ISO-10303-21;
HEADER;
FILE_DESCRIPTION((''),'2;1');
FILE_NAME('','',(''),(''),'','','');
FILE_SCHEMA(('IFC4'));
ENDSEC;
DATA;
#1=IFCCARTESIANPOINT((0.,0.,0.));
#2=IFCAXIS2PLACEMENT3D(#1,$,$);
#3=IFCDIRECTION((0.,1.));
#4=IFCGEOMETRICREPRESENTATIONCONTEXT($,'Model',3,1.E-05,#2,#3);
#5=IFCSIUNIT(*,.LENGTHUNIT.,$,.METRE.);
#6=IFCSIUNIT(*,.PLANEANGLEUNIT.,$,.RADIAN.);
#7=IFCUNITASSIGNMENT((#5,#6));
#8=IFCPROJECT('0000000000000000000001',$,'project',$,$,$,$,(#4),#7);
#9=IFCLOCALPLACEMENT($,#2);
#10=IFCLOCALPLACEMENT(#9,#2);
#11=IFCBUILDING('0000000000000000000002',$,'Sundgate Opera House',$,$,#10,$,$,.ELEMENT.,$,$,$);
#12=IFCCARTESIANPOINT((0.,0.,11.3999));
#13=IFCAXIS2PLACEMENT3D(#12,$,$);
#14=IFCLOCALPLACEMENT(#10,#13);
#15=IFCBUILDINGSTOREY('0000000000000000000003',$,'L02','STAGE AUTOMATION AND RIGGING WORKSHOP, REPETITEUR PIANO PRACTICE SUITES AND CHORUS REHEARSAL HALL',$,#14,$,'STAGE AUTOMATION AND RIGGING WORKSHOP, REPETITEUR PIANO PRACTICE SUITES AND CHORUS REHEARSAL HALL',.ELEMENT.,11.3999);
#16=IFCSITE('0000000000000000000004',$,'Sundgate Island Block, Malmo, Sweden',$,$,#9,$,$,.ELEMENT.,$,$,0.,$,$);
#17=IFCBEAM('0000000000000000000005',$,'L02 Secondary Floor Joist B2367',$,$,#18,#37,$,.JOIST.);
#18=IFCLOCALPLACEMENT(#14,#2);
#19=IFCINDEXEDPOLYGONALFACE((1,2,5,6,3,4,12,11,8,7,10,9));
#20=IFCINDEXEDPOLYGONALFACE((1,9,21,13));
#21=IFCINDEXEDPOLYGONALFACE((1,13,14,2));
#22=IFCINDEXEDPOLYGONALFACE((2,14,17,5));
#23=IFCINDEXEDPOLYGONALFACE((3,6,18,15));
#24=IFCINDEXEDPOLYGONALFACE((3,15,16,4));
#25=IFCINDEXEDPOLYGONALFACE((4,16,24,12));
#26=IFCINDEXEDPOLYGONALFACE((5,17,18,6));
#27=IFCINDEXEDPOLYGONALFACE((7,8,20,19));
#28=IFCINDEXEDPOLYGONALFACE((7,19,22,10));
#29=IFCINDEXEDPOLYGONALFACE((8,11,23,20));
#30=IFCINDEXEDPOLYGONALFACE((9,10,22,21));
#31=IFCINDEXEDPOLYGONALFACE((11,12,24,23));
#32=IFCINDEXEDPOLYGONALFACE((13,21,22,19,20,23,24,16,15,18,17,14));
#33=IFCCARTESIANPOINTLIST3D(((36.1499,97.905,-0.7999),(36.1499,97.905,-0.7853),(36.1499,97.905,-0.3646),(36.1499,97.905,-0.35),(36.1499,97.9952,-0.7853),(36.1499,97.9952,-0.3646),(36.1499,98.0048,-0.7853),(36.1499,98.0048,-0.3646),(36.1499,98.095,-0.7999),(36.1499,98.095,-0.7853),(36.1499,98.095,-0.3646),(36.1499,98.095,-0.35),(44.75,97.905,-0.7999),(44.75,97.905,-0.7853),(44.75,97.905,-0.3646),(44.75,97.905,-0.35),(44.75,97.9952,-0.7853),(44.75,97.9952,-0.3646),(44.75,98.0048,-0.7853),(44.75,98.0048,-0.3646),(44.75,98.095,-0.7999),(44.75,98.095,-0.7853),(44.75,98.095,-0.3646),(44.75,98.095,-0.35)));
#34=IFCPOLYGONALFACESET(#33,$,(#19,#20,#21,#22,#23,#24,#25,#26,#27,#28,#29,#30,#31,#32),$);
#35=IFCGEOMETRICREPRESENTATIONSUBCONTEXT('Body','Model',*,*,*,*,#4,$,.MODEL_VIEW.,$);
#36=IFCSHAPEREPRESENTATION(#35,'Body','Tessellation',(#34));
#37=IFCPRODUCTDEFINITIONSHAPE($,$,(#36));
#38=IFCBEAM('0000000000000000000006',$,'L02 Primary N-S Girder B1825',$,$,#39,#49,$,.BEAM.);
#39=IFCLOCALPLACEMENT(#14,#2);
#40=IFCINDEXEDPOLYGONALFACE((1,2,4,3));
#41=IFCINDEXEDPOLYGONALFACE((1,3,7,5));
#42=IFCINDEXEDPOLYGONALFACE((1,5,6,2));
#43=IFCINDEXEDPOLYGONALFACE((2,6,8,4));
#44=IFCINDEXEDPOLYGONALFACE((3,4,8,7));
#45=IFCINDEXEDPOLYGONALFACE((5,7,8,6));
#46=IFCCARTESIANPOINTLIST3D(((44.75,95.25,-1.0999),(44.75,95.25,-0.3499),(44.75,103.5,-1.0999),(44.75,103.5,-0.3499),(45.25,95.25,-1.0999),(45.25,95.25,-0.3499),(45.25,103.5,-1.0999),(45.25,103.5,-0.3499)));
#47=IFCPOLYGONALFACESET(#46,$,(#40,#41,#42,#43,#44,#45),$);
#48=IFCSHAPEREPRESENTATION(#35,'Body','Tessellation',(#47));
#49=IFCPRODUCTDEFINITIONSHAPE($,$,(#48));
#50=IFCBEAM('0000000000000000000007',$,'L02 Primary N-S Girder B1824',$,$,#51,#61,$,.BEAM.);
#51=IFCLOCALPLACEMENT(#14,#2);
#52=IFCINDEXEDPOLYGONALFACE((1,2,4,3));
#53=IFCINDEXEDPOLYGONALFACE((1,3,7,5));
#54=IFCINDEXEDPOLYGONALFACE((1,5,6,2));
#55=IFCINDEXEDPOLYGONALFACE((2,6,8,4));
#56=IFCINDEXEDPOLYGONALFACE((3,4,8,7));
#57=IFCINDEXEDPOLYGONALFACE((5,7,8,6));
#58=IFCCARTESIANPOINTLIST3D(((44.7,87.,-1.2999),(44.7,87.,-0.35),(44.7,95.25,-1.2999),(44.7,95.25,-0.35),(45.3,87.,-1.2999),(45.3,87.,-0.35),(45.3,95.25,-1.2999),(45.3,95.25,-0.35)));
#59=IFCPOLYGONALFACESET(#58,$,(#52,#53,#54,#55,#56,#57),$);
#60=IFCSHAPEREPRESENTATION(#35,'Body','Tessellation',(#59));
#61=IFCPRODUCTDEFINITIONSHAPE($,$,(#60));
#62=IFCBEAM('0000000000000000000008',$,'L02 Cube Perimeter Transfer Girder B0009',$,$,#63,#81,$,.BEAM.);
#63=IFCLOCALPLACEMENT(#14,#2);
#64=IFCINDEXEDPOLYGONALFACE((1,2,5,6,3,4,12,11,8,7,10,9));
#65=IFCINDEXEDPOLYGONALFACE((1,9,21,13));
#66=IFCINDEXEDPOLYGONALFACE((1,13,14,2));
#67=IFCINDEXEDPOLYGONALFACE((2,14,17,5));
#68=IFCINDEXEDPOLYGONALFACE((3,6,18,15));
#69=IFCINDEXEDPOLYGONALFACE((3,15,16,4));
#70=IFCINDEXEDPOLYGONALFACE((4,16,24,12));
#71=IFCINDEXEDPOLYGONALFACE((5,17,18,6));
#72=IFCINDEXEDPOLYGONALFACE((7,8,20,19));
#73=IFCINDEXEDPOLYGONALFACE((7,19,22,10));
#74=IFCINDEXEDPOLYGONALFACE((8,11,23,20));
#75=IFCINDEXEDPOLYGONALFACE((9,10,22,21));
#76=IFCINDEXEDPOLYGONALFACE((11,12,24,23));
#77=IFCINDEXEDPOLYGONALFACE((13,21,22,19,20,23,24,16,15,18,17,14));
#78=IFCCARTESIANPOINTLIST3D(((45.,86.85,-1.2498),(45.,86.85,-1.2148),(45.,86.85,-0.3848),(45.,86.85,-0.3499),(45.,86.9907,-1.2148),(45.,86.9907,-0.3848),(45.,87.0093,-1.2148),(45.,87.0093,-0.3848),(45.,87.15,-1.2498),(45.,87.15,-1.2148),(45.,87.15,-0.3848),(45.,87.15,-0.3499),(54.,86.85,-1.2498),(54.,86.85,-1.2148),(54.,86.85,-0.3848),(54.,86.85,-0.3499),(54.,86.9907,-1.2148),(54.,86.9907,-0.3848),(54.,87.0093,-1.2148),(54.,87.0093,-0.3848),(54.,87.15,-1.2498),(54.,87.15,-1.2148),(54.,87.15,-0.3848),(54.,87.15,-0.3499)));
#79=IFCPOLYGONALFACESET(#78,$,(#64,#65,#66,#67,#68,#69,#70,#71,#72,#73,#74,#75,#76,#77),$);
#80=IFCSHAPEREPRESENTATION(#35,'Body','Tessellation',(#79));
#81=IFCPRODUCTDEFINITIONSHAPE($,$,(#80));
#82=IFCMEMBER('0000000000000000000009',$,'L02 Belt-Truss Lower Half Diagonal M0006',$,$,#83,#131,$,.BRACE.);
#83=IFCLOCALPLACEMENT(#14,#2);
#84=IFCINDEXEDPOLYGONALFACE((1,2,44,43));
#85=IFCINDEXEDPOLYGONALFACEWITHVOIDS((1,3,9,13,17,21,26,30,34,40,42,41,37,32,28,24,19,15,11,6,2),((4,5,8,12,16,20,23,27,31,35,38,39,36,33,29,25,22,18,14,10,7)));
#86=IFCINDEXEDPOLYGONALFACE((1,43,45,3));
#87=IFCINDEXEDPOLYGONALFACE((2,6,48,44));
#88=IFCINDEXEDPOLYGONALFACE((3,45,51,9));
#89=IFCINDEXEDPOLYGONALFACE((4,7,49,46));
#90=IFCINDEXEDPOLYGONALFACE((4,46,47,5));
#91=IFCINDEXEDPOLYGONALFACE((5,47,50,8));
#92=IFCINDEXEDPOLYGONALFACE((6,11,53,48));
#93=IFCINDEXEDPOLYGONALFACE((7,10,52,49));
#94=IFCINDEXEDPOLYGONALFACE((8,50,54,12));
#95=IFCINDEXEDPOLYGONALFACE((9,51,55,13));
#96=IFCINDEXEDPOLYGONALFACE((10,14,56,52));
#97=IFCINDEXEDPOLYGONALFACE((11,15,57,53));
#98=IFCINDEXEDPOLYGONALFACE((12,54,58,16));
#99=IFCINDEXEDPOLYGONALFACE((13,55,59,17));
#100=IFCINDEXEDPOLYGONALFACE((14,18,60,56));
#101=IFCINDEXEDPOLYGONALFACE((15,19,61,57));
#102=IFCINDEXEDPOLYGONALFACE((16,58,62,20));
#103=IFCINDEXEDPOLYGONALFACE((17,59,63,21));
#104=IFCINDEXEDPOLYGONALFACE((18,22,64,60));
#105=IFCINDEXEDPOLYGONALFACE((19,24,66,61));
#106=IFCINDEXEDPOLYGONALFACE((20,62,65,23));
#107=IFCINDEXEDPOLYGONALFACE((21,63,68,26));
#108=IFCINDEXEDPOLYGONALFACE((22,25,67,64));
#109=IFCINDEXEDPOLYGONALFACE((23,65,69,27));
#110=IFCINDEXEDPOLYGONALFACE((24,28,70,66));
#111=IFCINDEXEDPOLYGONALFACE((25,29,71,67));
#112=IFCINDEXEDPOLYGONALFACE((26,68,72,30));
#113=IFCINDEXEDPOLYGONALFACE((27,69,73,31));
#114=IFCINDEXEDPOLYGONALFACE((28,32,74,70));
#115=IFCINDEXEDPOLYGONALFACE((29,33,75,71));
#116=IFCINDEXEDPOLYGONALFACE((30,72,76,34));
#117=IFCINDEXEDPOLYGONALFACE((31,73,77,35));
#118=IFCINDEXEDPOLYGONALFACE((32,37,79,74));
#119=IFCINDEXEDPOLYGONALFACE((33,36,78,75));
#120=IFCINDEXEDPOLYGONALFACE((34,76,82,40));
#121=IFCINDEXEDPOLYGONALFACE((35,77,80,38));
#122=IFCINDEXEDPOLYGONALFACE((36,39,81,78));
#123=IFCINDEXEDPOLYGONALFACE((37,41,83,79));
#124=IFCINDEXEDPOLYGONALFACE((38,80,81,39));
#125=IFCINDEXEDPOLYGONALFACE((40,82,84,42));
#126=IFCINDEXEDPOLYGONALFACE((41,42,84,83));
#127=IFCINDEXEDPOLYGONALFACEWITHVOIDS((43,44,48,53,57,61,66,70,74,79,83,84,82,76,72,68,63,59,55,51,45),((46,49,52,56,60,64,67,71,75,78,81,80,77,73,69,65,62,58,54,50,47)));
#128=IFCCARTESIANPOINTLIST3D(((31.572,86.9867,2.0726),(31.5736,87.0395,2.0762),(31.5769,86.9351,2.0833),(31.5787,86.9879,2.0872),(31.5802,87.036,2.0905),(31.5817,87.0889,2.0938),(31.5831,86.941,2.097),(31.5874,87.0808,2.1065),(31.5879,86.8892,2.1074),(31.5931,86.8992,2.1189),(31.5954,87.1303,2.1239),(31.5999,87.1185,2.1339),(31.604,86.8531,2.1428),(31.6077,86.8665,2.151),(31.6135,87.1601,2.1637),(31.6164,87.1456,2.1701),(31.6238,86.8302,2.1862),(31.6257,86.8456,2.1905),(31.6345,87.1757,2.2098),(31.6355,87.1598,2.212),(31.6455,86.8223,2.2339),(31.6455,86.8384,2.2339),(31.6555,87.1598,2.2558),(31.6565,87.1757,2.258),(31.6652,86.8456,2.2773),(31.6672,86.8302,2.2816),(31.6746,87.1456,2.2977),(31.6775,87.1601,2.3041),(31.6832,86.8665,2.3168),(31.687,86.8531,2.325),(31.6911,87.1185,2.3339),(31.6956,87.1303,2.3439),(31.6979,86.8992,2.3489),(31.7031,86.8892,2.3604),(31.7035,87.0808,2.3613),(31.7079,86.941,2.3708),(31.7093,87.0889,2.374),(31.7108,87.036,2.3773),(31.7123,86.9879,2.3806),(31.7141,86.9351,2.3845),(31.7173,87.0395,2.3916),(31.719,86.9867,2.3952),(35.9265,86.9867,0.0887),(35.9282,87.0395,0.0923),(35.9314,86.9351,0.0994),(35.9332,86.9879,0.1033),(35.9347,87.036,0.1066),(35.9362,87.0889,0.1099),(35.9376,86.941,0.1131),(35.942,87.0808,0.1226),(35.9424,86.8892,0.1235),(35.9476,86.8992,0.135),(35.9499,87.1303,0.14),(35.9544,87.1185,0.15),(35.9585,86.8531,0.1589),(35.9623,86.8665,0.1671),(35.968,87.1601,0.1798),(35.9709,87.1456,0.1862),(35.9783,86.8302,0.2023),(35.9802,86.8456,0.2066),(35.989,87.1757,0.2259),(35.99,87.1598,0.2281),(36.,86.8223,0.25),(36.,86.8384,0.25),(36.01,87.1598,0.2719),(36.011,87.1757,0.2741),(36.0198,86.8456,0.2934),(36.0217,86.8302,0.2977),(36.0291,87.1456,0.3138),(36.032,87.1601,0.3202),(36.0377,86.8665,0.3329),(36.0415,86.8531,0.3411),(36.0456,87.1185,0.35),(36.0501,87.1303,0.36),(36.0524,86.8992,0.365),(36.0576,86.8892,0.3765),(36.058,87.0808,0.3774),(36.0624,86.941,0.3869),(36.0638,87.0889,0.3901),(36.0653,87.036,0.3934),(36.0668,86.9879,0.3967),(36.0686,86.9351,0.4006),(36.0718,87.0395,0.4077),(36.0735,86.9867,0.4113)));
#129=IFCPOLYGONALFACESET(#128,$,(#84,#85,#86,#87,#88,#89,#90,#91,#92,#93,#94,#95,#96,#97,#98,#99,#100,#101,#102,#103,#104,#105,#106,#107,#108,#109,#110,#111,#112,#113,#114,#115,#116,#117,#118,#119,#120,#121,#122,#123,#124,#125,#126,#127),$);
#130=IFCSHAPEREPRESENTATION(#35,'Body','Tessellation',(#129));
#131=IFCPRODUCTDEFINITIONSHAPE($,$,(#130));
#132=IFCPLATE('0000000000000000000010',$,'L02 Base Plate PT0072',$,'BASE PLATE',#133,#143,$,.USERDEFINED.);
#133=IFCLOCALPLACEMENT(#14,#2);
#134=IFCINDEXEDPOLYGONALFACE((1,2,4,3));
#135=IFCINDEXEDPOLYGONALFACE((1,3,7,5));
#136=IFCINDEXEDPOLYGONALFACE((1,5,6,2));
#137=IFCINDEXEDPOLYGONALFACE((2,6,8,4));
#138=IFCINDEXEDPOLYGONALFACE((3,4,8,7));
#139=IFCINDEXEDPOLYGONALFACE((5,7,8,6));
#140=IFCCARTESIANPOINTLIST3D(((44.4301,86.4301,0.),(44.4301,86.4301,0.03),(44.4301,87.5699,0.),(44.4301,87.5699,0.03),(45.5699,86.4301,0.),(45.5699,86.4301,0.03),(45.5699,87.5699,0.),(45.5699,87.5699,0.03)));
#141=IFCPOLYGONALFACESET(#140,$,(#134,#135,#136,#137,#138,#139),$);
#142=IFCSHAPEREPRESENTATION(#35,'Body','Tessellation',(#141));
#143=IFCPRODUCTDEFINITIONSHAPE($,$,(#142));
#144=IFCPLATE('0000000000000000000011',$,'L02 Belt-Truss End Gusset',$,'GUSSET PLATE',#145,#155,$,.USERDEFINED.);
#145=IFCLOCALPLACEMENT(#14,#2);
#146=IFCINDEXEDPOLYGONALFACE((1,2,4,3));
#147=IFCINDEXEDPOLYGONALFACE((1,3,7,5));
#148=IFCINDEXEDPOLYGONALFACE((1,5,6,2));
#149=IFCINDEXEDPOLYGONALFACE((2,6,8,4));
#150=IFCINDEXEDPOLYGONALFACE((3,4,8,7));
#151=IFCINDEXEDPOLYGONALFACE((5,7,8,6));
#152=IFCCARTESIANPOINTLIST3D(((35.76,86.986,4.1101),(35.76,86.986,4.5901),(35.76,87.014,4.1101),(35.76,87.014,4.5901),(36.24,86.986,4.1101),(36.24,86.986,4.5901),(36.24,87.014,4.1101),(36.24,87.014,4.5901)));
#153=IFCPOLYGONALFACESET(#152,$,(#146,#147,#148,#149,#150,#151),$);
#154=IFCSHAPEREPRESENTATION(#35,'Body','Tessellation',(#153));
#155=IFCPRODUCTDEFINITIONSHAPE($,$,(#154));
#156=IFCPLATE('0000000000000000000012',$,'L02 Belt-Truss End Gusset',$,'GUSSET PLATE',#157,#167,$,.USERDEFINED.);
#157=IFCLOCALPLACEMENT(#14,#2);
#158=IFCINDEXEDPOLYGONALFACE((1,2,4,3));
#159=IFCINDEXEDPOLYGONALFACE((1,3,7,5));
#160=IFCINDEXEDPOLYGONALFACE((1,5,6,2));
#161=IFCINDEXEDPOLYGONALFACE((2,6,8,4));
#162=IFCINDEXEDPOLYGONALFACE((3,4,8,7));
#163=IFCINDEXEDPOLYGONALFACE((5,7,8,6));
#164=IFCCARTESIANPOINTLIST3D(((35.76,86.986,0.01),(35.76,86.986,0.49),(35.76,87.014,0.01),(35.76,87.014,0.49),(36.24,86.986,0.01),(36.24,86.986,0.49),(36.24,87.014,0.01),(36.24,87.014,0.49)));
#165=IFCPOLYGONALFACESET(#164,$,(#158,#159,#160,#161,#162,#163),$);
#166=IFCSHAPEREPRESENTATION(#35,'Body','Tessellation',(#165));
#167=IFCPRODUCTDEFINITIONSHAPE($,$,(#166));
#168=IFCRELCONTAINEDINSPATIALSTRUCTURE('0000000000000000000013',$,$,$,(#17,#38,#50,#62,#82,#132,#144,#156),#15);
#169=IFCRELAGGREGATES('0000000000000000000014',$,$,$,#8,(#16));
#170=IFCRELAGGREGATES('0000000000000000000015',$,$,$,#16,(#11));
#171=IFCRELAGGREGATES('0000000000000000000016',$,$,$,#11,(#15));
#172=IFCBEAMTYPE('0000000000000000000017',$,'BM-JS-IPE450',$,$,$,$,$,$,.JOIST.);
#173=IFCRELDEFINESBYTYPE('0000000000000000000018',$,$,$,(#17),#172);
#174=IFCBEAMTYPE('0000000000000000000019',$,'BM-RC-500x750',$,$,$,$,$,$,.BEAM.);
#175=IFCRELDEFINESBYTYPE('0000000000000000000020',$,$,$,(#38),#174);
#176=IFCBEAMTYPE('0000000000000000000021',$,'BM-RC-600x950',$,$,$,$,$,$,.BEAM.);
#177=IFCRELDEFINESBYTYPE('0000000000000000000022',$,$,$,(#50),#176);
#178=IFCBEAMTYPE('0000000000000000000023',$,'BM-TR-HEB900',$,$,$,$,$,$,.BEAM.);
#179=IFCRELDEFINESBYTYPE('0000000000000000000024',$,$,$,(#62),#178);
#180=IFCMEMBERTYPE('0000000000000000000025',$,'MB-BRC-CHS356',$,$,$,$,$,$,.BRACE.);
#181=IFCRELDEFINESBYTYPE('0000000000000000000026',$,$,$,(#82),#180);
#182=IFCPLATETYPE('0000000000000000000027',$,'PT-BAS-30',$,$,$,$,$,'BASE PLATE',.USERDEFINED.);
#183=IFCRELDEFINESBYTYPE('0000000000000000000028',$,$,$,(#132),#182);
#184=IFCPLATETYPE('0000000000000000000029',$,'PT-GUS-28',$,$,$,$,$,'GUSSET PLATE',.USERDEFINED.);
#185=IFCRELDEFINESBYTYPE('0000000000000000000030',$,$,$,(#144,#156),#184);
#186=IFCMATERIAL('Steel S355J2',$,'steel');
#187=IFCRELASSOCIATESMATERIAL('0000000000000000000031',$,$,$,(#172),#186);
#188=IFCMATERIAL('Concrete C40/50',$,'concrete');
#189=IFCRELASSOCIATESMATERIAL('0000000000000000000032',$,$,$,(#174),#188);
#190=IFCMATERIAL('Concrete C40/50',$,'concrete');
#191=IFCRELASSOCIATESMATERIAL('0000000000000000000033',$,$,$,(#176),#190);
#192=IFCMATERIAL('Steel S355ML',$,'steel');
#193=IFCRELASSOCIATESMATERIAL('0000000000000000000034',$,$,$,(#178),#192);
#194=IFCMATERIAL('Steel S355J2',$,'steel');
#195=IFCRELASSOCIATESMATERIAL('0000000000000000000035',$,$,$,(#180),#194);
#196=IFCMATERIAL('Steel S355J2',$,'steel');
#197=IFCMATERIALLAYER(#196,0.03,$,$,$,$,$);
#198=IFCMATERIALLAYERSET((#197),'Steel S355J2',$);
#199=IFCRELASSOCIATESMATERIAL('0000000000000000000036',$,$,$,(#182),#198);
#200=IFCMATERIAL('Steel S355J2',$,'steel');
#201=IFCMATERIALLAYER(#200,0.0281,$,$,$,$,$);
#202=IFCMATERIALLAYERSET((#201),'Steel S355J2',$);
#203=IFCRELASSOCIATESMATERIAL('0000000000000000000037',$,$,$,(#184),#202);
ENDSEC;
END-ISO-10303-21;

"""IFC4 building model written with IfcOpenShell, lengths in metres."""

from ifc_helpers import new_model, si_unit, direction, frame, origin, origin_2d, place, context, subcontext, project, spatial, rectangle, hollow_circle, i_section, extrude, material, layer, layer_set, material_profile, profile_set, type_object, element, save


model = new_model("IFC4")

# Units and contexts
model_context = context("Model", 3, precision=1e-05, world=origin(), true_north=direction((0.0, 1.0)))
body_context = subcontext(model_context, "Body", "Model", "MODEL_VIEW")
ifc_project = project(units=[si_unit("LENGTHUNIT", "METRE"), si_unit("PLANEANGLEUNIT", "RADIAN")], contexts=[model_context])

# Site, building, storey
site_placement = place(None, origin())
site = spatial("IfcSite", under=ifc_project, at=site_placement, Name="Sundgate Island Block, Malmo, Sweden", CompositionType="ELEMENT", RefElevation=0.0)
building_placement = place(site_placement, origin())
building = spatial("IfcBuilding", under=site, at=building_placement, Name="Sundgate Opera House", CompositionType="ELEMENT")
storey_placement = place(building_placement, frame((0.0, 0.0, 11.3999)))
storey = spatial("IfcBuildingStorey", under=building, at=storey_placement, Name="L02", Description="STAGE AUTOMATION AND RIGGING WORKSHOP, REPETITEUR PIANO PRACTICE SUITES AND CHORUS REHEARSAL HALL", LongName="STAGE AUTOMATION AND RIGGING WORKSHOP, REPETITEUR PIANO PRACTICE SUITES AND CHORUS REHEARSAL HALL", CompositionType="ELEMENT", Elevation=11.3999)

# Beams
ifc_material_1 = material(Name="Steel S355J2", Category="steel")
ifc_material_profile_1 = material_profile(ifc_material_1, i_section(OverallWidth=0.1899, OverallDepth=0.45, WebThickness=0.0095, FlangeThickness=0.0146, at=origin_2d()), Name="IPE 450")
ifc_profile_set_1 = profile_set([ifc_material_profile_1], Name="Steel S355J2")
beam_type_1 = type_object("IfcBeamType", Name="BM-JS-IPE450", PredefinedType="JOIST", material=ifc_profile_set_1)
beam_1_placement = place(storey_placement, frame((36.1499, 98.0, -0.575), z_axis=(1.0, 0.0, 0.0), x_axis=(0.0, 1.0, 0.0)))
element("IfcBeam", 1, at=beam_1_placement, inside=storey, type_object=beam_type_1, Name="L02 Secondary Floor Joist B2367", PredefinedType="JOIST", context=body_context, shape_type="SweptSolid", body=[
    extrude(i_section(OverallWidth=0.1899, OverallDepth=0.45, WebThickness=0.0095, FlangeThickness=0.0146, at=origin_2d()), origin(), (0.0, 0.0, 1.0), 8.6001),
])
ifc_material_2 = material(Name="Concrete C40/50", Category="concrete")
ifc_material_profile_2 = material_profile(ifc_material_2, rectangle(XDim=0.5, YDim=0.75, at=origin_2d()), Name="RC 500x750")
ifc_profile_set_2 = profile_set([ifc_material_profile_2], Name="Concrete C40/50")
beam_type_2 = type_object("IfcBeamType", Name="BM-RC-500x750", PredefinedType="BEAM", material=ifc_profile_set_2)
beam_2_placement = place(storey_placement, frame((45.0, 95.25, -0.7249), z_axis=(0.0, 1.0, 0.0), x_axis=(-1.0, 0.0, 0.0)))
element("IfcBeam", 2, at=beam_2_placement, inside=storey, type_object=beam_type_2, Name="L02 Primary N-S Girder B1825", PredefinedType="BEAM", context=body_context, shape_type="SweptSolid", body=[
    extrude(rectangle(XDim=0.5, YDim=0.75, at=origin_2d()), origin(), (0.0, 0.0, 1.0), 8.25),
])
ifc_material_3 = material(Name="Concrete C40/50", Category="concrete")
ifc_material_profile_3 = material_profile(ifc_material_3, rectangle(XDim=0.6001, YDim=0.95, at=origin_2d()), Name="RC 600x950")
ifc_profile_set_3 = profile_set([ifc_material_profile_3], Name="Concrete C40/50")
beam_type_3 = type_object("IfcBeamType", Name="BM-RC-600x950", PredefinedType="BEAM", material=ifc_profile_set_3)
beam_3_placement = place(storey_placement, frame((45.0, 87.0, -0.825), z_axis=(0.0, 1.0, 0.0), x_axis=(-1.0, 0.0, 0.0)))
element("IfcBeam", 3, at=beam_3_placement, inside=storey, type_object=beam_type_3, Name="L02 Primary N-S Girder B1824", PredefinedType="BEAM", context=body_context, shape_type="SweptSolid", body=[
    extrude(rectangle(XDim=0.6001, YDim=0.95, at=origin_2d()), origin(), (0.0, 0.0, 1.0), 8.25),
])
ifc_material_4 = material(Name="Steel S355ML", Category="steel")
ifc_material_profile_4 = material_profile(ifc_material_4, i_section(OverallWidth=0.3, OverallDepth=0.8999, WebThickness=0.0186, FlangeThickness=0.0349, at=origin_2d()), Name="HEB 900")
ifc_profile_set_4 = profile_set([ifc_material_profile_4], Name="Steel S355ML")
beam_type_4 = type_object("IfcBeamType", Name="BM-TR-HEB900", PredefinedType="BEAM", material=ifc_profile_set_4)
beam_4_placement = place(storey_placement, frame((45.0, 87.0, -0.7998), z_axis=(1.0, 0.0, 0.0), x_axis=(0.0, 1.0, 0.0)))
element("IfcBeam", 4, at=beam_4_placement, inside=storey, type_object=beam_type_4, Name="L02 Cube Perimeter Transfer Girder B0009", PredefinedType="BEAM", context=body_context, shape_type="SweptSolid", body=[
    extrude(i_section(OverallWidth=0.3, OverallDepth=0.8999, WebThickness=0.0186, FlangeThickness=0.0349, at=origin_2d()), origin(), (0.0, 0.0, 1.0), 9.0),
])

# Member
ifc_material_5 = material(Name="Steel S355J2", Category="steel")
ifc_material_profile_5 = material_profile(ifc_material_5, hollow_circle(Radius=0.1777, WallThickness=0.0161, at=origin_2d()), Name="CHS 355.6x16.0")
ifc_profile_set_5 = profile_set([ifc_material_profile_5], Name="Steel S355J2")
member_type = type_object("IfcMemberType", Name="MB-BRC-CHS356", PredefinedType="BRACE", material=ifc_profile_set_5)
member_placement = place(storey_placement, frame((36.0, 87.0, 0.25), z_axis=(-0.910006, 0.0, 0.414595), x_axis=(0.0, -1.0, 0.0)))
element("IfcMember", 5, at=member_placement, inside=storey, type_object=member_type, Name="L02 Belt-Truss Lower Half Diagonal M0006", PredefinedType="BRACE", context=body_context, shape_type="SweptSolid", body=[
    extrude(hollow_circle(Radius=0.1777, WallThickness=0.0161, at=origin_2d()), origin(), (0.0, 0.0, 1.0), 4.7852),
])

# Plates
ifc_material_6 = material(Name="Steel S355J2", Category="steel")
ifc_layer_1 = layer(ifc_material_6, 0.03)
ifc_layer_set_1 = layer_set([ifc_layer_1], Name="Steel S355J2")
plate_type_1 = type_object("IfcPlateType", Name="PT-BAS-30", ElementType="BASE PLATE", PredefinedType="USERDEFINED", material=ifc_layer_set_1)
plate_placement = place(storey_placement, frame((45.0, 87.0, 0.0), z_axis=(0.0, 0.0, 1.0), x_axis=(1.0, 0.0, 0.0)))
element("IfcPlate", 6, at=plate_placement, inside=storey, type_object=plate_type_1, Name="L02 Base Plate PT0072", ObjectType="BASE PLATE", PredefinedType="USERDEFINED", context=body_context, shape_type="SweptSolid", body=[
    extrude(rectangle(XDim=1.1399, YDim=1.1399, at=origin_2d()), origin(), (0.0, 0.0, 1.0), 0.03),
])
ifc_material_7 = material(Name="Steel S355J2", Category="steel")
ifc_layer_2 = layer(ifc_material_7, 0.0281)
ifc_layer_set_2 = layer_set([ifc_layer_2], Name="Steel S355J2")
plate_type_2 = type_object("IfcPlateType", Name="PT-GUS-28", ElementType="GUSSET PLATE", PredefinedType="USERDEFINED", material=ifc_layer_set_2)
for number, where, z_axis, x_axis, name in (
    (7, (36.0, 87.0, 4.1101), (0.0, 0.0, 1.0), (1.0, 0.0, 0.0), "L02 Belt-Truss End Gusset"),
    (8, (36.0, 87.0, 0.01), (0.0, 0.0, 1.0), (1.0, 0.0, 0.0), "L02 Belt-Truss End Gusset"),
):
    element("IfcPlate", number, at=place(storey_placement, frame(where, z_axis=z_axis, x_axis=x_axis)), inside=storey, type_object=plate_type_2, Name=name, ObjectType="GUSSET PLATE", PredefinedType="USERDEFINED", context=body_context, shape_type="SweptSolid", body=[
        extrude(rectangle(XDim=0.48, YDim=0.0281, at=origin_2d()), origin(), (0.0, 0.0, 1.0), 0.48),
    ])

save(model, "model.ifc")
